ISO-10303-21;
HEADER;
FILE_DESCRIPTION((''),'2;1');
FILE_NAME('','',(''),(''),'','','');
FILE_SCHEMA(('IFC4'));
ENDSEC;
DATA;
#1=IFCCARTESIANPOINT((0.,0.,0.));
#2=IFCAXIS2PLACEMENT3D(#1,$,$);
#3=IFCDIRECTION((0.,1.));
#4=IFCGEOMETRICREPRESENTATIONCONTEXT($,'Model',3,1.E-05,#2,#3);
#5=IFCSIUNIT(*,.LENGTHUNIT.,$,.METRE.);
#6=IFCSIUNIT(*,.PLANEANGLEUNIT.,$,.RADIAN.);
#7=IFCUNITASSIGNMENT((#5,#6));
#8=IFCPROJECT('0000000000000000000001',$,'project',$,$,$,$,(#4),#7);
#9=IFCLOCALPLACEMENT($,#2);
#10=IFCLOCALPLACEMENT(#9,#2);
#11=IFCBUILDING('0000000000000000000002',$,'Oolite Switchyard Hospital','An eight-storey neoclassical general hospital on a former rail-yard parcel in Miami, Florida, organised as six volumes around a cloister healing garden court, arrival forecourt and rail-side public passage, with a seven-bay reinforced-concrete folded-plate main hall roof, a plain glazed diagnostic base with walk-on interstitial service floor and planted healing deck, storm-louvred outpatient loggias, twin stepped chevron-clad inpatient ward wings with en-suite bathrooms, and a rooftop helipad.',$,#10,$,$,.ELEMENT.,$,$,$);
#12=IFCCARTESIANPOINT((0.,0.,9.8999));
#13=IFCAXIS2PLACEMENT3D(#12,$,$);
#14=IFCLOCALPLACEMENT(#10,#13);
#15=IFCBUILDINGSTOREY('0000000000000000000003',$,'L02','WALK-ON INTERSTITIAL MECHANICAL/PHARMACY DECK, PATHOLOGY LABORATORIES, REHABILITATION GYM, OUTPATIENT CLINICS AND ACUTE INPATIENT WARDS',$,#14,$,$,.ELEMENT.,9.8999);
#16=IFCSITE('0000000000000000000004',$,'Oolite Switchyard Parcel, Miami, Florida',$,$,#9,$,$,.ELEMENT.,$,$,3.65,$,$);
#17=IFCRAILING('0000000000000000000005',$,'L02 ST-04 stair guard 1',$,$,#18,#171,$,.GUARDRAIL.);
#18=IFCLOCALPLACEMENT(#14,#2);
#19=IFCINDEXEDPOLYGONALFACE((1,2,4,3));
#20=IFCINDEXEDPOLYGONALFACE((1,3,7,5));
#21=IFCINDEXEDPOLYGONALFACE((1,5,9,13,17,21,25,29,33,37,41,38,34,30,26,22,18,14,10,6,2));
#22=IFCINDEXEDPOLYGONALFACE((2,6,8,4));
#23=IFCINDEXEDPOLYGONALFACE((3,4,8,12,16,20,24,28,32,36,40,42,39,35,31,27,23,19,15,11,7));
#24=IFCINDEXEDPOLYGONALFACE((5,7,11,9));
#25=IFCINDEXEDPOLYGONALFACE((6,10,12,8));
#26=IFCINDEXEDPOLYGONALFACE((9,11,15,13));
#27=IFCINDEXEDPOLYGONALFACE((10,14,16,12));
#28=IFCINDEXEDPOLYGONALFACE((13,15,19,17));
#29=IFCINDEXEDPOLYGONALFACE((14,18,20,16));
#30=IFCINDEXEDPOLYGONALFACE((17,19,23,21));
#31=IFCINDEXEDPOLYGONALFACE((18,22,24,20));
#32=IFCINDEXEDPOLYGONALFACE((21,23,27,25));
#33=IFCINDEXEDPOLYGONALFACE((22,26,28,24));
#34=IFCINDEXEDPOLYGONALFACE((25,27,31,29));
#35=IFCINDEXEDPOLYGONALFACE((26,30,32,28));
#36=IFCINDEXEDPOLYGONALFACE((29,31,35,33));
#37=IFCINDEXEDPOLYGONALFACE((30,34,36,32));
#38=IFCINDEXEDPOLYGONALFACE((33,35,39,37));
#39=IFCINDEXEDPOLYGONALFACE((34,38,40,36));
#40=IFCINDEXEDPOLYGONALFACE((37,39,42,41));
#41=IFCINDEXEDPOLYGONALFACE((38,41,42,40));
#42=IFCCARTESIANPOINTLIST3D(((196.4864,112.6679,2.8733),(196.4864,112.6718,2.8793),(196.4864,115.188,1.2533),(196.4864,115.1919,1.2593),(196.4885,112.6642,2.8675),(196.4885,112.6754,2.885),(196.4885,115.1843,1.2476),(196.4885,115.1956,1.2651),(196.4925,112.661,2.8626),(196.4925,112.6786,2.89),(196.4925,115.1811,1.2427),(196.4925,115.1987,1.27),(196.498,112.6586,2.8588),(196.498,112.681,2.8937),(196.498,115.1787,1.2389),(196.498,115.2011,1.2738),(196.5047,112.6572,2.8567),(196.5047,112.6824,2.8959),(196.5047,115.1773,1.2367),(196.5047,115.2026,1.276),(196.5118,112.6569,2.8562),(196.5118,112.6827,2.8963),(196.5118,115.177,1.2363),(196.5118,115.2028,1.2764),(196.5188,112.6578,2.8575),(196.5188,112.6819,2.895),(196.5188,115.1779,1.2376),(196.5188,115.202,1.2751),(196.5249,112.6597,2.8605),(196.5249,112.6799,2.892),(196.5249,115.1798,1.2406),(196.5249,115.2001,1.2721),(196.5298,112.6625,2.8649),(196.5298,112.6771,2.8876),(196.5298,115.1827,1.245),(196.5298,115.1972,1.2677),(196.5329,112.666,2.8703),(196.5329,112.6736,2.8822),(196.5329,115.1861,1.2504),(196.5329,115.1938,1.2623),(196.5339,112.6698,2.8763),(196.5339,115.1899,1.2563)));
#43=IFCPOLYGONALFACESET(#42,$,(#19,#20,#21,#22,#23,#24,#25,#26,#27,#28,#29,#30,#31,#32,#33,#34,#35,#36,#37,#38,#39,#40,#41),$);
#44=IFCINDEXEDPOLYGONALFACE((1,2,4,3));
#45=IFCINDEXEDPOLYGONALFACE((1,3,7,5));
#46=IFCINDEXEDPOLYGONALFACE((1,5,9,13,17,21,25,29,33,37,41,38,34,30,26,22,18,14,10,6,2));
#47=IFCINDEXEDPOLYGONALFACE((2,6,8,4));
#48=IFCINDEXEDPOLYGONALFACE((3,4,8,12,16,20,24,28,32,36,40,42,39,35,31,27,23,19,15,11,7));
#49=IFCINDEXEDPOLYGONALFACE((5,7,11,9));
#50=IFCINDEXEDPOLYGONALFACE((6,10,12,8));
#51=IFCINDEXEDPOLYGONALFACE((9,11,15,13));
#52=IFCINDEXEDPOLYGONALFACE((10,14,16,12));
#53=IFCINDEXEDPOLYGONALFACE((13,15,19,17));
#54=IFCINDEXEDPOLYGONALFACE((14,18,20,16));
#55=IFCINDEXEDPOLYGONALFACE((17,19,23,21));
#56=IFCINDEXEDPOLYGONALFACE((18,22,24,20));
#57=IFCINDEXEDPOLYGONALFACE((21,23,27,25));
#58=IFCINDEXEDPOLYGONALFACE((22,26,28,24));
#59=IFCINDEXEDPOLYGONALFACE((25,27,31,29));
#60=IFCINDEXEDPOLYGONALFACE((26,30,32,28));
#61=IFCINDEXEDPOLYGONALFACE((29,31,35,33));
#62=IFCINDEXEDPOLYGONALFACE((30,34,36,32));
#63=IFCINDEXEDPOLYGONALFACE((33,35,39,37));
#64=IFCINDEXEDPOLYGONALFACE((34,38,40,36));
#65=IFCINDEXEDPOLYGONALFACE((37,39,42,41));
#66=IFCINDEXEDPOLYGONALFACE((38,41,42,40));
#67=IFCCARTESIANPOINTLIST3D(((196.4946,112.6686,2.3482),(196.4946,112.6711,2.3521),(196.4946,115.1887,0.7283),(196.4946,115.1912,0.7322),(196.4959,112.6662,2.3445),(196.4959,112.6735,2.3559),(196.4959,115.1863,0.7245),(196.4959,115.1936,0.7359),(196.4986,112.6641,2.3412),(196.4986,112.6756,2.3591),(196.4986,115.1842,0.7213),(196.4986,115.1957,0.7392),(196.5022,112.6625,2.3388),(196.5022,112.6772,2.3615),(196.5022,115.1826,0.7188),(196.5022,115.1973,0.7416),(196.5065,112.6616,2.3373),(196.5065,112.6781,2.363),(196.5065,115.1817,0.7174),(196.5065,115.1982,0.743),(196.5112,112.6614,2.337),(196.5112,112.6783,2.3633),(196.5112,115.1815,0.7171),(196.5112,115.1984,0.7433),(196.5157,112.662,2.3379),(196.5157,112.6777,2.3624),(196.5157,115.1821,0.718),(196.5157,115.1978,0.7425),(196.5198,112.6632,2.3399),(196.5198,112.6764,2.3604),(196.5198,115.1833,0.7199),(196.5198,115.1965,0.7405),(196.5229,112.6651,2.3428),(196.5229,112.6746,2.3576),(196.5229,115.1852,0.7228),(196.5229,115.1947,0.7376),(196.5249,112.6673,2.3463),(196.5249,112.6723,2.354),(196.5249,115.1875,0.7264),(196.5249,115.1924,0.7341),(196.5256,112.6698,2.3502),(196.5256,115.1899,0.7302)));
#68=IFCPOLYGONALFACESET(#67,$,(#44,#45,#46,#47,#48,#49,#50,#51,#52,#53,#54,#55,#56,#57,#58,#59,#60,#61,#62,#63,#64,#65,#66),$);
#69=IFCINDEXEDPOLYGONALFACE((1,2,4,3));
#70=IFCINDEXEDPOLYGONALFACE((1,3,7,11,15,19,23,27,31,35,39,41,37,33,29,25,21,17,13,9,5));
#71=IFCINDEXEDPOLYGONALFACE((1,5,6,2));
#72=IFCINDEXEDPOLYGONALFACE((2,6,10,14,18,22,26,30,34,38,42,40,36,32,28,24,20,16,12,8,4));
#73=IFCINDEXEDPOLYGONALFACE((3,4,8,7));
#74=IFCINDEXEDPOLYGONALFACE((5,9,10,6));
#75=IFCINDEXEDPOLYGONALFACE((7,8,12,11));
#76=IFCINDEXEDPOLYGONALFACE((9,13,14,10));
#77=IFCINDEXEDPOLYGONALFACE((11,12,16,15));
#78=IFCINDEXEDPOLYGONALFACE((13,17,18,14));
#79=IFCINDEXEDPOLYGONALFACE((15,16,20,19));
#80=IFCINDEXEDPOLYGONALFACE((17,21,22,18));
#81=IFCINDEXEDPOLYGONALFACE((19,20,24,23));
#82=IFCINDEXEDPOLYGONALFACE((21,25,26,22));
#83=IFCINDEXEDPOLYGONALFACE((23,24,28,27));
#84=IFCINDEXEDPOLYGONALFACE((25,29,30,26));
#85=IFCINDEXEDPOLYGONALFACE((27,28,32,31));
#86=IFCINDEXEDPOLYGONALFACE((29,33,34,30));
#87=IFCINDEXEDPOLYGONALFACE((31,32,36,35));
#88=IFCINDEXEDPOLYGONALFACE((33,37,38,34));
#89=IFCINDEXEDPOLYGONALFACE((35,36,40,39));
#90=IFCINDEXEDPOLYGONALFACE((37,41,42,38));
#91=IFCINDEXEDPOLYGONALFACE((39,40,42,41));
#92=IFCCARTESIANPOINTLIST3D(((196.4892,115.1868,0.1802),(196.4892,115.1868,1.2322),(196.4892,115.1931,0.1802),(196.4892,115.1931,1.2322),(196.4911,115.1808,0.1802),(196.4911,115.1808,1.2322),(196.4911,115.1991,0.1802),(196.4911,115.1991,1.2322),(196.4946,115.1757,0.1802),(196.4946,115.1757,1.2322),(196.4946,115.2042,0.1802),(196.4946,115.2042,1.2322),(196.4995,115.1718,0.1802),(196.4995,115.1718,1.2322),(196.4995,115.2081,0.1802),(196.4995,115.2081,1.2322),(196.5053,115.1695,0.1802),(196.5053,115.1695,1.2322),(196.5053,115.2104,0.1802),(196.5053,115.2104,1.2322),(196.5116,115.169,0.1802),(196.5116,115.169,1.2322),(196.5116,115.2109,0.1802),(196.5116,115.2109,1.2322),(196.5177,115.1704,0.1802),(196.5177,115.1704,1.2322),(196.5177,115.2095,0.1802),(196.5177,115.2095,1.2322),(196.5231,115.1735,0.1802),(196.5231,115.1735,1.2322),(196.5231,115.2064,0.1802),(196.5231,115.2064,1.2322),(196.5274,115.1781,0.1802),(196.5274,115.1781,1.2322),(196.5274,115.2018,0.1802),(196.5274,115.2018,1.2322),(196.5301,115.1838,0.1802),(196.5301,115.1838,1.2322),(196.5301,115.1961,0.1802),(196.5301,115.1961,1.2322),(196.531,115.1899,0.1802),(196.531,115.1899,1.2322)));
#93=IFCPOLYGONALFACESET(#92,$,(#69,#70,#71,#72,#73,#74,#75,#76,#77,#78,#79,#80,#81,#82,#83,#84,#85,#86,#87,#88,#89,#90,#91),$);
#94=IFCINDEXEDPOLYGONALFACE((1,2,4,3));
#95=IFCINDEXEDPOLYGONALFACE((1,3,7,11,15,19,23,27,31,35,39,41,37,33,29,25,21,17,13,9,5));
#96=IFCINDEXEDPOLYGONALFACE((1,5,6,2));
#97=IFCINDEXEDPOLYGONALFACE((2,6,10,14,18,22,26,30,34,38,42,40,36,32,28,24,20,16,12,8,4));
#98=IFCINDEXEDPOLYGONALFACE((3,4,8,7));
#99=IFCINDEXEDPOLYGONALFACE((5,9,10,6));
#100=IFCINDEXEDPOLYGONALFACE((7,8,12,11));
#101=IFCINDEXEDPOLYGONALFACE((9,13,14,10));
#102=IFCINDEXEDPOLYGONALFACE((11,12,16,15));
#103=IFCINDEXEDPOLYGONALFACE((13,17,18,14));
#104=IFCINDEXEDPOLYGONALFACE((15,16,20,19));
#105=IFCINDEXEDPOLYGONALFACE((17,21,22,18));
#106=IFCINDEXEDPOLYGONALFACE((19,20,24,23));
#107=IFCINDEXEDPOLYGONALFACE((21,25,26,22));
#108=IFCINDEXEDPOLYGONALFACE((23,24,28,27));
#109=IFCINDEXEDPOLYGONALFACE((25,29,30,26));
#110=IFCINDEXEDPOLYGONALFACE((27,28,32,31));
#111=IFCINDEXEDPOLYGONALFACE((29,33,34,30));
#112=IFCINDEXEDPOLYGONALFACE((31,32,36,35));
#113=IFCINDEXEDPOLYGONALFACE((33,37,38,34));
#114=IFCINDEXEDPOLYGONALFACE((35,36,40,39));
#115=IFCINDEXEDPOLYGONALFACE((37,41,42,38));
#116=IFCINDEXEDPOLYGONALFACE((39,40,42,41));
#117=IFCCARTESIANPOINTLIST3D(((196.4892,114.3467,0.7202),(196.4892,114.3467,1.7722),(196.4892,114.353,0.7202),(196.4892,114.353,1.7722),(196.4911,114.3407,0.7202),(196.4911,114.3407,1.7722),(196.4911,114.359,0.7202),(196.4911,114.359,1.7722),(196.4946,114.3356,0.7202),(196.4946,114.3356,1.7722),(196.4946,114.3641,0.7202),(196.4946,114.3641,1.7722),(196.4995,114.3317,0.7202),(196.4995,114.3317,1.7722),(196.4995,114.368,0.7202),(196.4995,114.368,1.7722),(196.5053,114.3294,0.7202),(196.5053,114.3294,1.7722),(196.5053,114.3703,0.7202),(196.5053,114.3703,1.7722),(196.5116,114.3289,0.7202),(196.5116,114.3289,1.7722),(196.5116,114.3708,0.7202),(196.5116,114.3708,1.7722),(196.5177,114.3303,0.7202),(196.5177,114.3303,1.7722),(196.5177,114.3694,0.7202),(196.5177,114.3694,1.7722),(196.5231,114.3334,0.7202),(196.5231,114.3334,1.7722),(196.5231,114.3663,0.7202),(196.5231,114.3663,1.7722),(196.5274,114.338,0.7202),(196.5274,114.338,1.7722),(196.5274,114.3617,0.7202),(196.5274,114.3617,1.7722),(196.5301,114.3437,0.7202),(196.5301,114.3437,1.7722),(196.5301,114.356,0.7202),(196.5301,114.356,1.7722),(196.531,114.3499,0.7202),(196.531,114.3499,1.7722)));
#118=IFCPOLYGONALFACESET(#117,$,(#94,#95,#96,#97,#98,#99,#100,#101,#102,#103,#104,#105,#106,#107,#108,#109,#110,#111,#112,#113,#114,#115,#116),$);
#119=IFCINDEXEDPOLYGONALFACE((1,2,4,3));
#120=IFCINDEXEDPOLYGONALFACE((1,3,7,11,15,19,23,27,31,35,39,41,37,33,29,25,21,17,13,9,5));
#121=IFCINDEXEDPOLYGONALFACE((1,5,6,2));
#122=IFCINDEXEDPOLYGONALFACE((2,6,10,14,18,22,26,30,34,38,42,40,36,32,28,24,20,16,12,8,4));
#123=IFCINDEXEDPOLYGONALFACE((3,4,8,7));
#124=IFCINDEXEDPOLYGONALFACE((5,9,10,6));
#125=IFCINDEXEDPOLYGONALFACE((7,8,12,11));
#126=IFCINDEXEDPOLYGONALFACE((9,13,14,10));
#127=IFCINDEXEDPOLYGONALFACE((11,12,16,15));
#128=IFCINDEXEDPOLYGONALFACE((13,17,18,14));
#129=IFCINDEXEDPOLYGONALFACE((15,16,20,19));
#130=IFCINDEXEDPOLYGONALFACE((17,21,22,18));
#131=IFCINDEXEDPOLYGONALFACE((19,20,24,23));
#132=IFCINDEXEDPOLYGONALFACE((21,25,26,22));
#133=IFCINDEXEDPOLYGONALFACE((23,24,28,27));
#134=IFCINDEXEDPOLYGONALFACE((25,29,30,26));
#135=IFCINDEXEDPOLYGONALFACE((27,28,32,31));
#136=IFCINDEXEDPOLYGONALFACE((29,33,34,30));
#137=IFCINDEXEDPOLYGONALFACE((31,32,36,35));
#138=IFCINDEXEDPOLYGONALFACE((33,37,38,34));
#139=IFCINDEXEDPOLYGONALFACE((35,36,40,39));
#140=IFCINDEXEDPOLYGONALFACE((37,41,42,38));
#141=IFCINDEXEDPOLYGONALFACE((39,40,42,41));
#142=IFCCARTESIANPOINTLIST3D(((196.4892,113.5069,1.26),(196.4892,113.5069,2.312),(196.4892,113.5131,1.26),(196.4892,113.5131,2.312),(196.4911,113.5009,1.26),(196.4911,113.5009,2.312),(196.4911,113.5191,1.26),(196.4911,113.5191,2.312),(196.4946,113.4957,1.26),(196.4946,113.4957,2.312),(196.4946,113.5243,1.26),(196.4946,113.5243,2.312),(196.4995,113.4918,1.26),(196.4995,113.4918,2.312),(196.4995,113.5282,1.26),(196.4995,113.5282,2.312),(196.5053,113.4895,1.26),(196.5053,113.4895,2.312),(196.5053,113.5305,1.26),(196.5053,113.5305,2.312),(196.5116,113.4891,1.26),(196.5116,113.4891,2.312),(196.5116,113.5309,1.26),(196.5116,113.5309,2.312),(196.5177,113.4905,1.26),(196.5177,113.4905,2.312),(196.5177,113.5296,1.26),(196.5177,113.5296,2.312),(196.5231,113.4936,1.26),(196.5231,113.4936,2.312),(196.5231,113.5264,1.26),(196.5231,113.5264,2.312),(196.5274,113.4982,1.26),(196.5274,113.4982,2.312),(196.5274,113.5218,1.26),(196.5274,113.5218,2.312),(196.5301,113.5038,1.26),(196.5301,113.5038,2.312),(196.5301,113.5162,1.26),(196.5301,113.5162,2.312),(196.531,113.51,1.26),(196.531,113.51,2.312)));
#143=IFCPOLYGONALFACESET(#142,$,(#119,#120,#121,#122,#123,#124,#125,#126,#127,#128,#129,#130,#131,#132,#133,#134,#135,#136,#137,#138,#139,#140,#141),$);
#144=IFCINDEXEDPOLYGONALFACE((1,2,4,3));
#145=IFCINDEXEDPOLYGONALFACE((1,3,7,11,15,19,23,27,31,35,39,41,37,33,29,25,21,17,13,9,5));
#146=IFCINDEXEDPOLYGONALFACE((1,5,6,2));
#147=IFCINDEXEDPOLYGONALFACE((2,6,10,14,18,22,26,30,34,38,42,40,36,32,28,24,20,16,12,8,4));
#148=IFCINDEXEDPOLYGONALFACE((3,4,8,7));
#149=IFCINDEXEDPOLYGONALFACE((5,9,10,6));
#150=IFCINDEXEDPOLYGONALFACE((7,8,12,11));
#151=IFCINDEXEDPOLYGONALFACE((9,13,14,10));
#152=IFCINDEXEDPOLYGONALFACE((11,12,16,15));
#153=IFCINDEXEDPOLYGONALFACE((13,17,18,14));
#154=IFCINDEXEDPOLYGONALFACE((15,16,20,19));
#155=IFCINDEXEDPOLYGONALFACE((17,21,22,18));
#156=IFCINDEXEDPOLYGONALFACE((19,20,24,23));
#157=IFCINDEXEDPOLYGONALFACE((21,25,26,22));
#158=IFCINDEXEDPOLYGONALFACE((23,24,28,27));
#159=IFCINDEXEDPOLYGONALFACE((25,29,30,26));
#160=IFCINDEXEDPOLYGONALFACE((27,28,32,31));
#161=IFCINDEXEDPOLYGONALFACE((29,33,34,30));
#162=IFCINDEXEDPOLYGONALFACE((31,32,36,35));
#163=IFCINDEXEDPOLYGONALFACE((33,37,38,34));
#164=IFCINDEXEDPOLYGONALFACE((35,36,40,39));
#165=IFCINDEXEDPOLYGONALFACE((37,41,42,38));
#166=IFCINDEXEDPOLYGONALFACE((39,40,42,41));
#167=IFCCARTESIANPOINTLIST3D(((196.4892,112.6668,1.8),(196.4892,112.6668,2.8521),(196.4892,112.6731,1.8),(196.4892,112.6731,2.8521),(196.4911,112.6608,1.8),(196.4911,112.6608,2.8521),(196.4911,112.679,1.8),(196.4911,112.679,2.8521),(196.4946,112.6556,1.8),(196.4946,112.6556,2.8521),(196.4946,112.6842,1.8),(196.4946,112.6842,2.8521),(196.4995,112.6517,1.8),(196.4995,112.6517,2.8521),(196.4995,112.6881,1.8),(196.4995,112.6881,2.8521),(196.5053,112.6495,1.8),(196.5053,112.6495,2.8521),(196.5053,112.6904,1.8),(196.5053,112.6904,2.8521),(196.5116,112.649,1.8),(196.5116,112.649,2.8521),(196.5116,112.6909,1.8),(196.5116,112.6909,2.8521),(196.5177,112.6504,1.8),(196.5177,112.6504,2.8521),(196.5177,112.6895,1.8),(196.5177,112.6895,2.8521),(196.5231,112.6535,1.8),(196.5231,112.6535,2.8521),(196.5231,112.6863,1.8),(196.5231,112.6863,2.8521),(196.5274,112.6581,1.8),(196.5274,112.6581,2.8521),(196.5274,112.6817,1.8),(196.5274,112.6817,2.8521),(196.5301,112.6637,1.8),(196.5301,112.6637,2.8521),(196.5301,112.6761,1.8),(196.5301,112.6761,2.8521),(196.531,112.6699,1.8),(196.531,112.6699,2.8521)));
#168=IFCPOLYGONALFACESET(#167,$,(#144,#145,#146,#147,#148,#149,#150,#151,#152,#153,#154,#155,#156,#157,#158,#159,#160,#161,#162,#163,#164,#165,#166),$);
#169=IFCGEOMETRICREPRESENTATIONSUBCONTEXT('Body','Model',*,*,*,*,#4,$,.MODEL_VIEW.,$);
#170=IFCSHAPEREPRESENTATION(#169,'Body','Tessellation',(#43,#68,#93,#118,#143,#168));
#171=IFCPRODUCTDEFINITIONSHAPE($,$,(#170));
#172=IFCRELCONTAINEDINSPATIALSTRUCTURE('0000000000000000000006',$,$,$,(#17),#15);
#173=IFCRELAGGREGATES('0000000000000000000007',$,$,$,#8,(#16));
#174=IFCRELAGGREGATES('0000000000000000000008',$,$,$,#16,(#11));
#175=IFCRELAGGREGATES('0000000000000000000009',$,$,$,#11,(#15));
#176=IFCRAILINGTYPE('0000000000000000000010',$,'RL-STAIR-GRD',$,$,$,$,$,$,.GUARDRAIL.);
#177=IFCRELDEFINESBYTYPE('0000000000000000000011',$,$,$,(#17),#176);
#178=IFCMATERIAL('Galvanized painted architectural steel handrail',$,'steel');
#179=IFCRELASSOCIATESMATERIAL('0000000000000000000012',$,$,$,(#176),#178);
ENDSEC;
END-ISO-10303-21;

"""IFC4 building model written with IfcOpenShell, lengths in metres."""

from ifc_helpers import new_model, si_unit, direction, frame, origin, origin_2d, place, context, subcontext, project, spatial, circle, extrude, material, type_object, element, save


model = new_model("IFC4")

# Units and contexts
model_context = context("Model", 3, precision=1e-05, world=origin(), true_north=direction((0.0, 1.0)))
body_context = subcontext(model_context, "Body", "Model", "MODEL_VIEW")
ifc_project = project(units=[si_unit("LENGTHUNIT", "METRE"), si_unit("PLANEANGLEUNIT", "RADIAN")], contexts=[model_context])

# Site, building, storey
site_placement = place(None, origin())
site = spatial("IfcSite", under=ifc_project, at=site_placement, Name="Oolite Switchyard Parcel, Miami, Florida", CompositionType="ELEMENT", RefElevation=3.65)
building_placement = place(site_placement, origin())
building = spatial("IfcBuilding", under=site, at=building_placement, Name="Oolite Switchyard Hospital", Description="An eight-storey neoclassical general hospital on a former rail-yard parcel in Miami, Florida, organised as six volumes around a cloister healing garden court, arrival forecourt and rail-side public passage, with a seven-bay reinforced-concrete folded-plate main hall roof, a plain glazed diagnostic base with walk-on interstitial service floor and planted healing deck, storm-louvred outpatient loggias, twin stepped chevron-clad inpatient ward wings with en-suite bathrooms, and a rooftop helipad.", CompositionType="ELEMENT")
storey_placement = place(building_placement, frame((0.0, 0.0, 9.8999)))
storey = spatial("IfcBuildingStorey", under=building, at=storey_placement, Name="L02", Description="WALK-ON INTERSTITIAL MECHANICAL/PHARMACY DECK, PATHOLOGY LABORATORIES, REHABILITATION GYM, OUTPATIENT CLINICS AND ACUTE INPATIENT WARDS", CompositionType="ELEMENT", Elevation=9.8999)

# Railing
ifc_material_1 = material(Name="Galvanized painted architectural steel handrail", Category="steel")
railing_type_1 = type_object("IfcRailingType", Name="RL-STAIR-GRD", PredefinedType="GUARDRAIL", material=ifc_material_1)
railing_1_placement = place(storey_placement, frame((196.51, 115.1899, 0.1802)))
element("IfcRailing", 1, at=railing_1_placement, inside=storey, type_object=railing_type_1, Name="L02 ST-04 stair guard 1", PredefinedType="GUARDRAIL", context=body_context, shape_type="SweptSolid", body=[
    extrude(circle(Radius=0.0239, at=origin_2d()), frame((0.0, 0.0, 1.0762), z_axis=(0.0, -0.8412, 0.540725), x_axis=(1.0, 0.0, 0.0)), (0.0, 0.0, 1.0), 2.9958),
    extrude(circle(Radius=0.0156, at=origin_2d()), frame((0.0, 0.0, 0.55), z_axis=(0.0, -0.8412, 0.540725), x_axis=(1.0, 0.0, 0.0)), (0.0, 0.0, 1.0), 2.9958),
    extrude(circle(Radius=0.021, at=origin_2d()), origin(), (0.0, 0.0, 1.0), 1.052),
    extrude(circle(Radius=0.021, at=origin_2d()), frame((0.0, -0.8401, 0.54)), (0.0, 0.0, 1.0), 1.052),
    extrude(circle(Radius=0.021, at=origin_2d()), frame((0.0, -1.6799, 1.0798)), (0.0, 0.0, 1.0), 1.052),
    extrude(circle(Radius=0.021, at=origin_2d()), frame((0.0, -2.52, 1.6199)), (0.0, 0.0, 1.0), 1.052),
])

save(model, "model.ifc")
